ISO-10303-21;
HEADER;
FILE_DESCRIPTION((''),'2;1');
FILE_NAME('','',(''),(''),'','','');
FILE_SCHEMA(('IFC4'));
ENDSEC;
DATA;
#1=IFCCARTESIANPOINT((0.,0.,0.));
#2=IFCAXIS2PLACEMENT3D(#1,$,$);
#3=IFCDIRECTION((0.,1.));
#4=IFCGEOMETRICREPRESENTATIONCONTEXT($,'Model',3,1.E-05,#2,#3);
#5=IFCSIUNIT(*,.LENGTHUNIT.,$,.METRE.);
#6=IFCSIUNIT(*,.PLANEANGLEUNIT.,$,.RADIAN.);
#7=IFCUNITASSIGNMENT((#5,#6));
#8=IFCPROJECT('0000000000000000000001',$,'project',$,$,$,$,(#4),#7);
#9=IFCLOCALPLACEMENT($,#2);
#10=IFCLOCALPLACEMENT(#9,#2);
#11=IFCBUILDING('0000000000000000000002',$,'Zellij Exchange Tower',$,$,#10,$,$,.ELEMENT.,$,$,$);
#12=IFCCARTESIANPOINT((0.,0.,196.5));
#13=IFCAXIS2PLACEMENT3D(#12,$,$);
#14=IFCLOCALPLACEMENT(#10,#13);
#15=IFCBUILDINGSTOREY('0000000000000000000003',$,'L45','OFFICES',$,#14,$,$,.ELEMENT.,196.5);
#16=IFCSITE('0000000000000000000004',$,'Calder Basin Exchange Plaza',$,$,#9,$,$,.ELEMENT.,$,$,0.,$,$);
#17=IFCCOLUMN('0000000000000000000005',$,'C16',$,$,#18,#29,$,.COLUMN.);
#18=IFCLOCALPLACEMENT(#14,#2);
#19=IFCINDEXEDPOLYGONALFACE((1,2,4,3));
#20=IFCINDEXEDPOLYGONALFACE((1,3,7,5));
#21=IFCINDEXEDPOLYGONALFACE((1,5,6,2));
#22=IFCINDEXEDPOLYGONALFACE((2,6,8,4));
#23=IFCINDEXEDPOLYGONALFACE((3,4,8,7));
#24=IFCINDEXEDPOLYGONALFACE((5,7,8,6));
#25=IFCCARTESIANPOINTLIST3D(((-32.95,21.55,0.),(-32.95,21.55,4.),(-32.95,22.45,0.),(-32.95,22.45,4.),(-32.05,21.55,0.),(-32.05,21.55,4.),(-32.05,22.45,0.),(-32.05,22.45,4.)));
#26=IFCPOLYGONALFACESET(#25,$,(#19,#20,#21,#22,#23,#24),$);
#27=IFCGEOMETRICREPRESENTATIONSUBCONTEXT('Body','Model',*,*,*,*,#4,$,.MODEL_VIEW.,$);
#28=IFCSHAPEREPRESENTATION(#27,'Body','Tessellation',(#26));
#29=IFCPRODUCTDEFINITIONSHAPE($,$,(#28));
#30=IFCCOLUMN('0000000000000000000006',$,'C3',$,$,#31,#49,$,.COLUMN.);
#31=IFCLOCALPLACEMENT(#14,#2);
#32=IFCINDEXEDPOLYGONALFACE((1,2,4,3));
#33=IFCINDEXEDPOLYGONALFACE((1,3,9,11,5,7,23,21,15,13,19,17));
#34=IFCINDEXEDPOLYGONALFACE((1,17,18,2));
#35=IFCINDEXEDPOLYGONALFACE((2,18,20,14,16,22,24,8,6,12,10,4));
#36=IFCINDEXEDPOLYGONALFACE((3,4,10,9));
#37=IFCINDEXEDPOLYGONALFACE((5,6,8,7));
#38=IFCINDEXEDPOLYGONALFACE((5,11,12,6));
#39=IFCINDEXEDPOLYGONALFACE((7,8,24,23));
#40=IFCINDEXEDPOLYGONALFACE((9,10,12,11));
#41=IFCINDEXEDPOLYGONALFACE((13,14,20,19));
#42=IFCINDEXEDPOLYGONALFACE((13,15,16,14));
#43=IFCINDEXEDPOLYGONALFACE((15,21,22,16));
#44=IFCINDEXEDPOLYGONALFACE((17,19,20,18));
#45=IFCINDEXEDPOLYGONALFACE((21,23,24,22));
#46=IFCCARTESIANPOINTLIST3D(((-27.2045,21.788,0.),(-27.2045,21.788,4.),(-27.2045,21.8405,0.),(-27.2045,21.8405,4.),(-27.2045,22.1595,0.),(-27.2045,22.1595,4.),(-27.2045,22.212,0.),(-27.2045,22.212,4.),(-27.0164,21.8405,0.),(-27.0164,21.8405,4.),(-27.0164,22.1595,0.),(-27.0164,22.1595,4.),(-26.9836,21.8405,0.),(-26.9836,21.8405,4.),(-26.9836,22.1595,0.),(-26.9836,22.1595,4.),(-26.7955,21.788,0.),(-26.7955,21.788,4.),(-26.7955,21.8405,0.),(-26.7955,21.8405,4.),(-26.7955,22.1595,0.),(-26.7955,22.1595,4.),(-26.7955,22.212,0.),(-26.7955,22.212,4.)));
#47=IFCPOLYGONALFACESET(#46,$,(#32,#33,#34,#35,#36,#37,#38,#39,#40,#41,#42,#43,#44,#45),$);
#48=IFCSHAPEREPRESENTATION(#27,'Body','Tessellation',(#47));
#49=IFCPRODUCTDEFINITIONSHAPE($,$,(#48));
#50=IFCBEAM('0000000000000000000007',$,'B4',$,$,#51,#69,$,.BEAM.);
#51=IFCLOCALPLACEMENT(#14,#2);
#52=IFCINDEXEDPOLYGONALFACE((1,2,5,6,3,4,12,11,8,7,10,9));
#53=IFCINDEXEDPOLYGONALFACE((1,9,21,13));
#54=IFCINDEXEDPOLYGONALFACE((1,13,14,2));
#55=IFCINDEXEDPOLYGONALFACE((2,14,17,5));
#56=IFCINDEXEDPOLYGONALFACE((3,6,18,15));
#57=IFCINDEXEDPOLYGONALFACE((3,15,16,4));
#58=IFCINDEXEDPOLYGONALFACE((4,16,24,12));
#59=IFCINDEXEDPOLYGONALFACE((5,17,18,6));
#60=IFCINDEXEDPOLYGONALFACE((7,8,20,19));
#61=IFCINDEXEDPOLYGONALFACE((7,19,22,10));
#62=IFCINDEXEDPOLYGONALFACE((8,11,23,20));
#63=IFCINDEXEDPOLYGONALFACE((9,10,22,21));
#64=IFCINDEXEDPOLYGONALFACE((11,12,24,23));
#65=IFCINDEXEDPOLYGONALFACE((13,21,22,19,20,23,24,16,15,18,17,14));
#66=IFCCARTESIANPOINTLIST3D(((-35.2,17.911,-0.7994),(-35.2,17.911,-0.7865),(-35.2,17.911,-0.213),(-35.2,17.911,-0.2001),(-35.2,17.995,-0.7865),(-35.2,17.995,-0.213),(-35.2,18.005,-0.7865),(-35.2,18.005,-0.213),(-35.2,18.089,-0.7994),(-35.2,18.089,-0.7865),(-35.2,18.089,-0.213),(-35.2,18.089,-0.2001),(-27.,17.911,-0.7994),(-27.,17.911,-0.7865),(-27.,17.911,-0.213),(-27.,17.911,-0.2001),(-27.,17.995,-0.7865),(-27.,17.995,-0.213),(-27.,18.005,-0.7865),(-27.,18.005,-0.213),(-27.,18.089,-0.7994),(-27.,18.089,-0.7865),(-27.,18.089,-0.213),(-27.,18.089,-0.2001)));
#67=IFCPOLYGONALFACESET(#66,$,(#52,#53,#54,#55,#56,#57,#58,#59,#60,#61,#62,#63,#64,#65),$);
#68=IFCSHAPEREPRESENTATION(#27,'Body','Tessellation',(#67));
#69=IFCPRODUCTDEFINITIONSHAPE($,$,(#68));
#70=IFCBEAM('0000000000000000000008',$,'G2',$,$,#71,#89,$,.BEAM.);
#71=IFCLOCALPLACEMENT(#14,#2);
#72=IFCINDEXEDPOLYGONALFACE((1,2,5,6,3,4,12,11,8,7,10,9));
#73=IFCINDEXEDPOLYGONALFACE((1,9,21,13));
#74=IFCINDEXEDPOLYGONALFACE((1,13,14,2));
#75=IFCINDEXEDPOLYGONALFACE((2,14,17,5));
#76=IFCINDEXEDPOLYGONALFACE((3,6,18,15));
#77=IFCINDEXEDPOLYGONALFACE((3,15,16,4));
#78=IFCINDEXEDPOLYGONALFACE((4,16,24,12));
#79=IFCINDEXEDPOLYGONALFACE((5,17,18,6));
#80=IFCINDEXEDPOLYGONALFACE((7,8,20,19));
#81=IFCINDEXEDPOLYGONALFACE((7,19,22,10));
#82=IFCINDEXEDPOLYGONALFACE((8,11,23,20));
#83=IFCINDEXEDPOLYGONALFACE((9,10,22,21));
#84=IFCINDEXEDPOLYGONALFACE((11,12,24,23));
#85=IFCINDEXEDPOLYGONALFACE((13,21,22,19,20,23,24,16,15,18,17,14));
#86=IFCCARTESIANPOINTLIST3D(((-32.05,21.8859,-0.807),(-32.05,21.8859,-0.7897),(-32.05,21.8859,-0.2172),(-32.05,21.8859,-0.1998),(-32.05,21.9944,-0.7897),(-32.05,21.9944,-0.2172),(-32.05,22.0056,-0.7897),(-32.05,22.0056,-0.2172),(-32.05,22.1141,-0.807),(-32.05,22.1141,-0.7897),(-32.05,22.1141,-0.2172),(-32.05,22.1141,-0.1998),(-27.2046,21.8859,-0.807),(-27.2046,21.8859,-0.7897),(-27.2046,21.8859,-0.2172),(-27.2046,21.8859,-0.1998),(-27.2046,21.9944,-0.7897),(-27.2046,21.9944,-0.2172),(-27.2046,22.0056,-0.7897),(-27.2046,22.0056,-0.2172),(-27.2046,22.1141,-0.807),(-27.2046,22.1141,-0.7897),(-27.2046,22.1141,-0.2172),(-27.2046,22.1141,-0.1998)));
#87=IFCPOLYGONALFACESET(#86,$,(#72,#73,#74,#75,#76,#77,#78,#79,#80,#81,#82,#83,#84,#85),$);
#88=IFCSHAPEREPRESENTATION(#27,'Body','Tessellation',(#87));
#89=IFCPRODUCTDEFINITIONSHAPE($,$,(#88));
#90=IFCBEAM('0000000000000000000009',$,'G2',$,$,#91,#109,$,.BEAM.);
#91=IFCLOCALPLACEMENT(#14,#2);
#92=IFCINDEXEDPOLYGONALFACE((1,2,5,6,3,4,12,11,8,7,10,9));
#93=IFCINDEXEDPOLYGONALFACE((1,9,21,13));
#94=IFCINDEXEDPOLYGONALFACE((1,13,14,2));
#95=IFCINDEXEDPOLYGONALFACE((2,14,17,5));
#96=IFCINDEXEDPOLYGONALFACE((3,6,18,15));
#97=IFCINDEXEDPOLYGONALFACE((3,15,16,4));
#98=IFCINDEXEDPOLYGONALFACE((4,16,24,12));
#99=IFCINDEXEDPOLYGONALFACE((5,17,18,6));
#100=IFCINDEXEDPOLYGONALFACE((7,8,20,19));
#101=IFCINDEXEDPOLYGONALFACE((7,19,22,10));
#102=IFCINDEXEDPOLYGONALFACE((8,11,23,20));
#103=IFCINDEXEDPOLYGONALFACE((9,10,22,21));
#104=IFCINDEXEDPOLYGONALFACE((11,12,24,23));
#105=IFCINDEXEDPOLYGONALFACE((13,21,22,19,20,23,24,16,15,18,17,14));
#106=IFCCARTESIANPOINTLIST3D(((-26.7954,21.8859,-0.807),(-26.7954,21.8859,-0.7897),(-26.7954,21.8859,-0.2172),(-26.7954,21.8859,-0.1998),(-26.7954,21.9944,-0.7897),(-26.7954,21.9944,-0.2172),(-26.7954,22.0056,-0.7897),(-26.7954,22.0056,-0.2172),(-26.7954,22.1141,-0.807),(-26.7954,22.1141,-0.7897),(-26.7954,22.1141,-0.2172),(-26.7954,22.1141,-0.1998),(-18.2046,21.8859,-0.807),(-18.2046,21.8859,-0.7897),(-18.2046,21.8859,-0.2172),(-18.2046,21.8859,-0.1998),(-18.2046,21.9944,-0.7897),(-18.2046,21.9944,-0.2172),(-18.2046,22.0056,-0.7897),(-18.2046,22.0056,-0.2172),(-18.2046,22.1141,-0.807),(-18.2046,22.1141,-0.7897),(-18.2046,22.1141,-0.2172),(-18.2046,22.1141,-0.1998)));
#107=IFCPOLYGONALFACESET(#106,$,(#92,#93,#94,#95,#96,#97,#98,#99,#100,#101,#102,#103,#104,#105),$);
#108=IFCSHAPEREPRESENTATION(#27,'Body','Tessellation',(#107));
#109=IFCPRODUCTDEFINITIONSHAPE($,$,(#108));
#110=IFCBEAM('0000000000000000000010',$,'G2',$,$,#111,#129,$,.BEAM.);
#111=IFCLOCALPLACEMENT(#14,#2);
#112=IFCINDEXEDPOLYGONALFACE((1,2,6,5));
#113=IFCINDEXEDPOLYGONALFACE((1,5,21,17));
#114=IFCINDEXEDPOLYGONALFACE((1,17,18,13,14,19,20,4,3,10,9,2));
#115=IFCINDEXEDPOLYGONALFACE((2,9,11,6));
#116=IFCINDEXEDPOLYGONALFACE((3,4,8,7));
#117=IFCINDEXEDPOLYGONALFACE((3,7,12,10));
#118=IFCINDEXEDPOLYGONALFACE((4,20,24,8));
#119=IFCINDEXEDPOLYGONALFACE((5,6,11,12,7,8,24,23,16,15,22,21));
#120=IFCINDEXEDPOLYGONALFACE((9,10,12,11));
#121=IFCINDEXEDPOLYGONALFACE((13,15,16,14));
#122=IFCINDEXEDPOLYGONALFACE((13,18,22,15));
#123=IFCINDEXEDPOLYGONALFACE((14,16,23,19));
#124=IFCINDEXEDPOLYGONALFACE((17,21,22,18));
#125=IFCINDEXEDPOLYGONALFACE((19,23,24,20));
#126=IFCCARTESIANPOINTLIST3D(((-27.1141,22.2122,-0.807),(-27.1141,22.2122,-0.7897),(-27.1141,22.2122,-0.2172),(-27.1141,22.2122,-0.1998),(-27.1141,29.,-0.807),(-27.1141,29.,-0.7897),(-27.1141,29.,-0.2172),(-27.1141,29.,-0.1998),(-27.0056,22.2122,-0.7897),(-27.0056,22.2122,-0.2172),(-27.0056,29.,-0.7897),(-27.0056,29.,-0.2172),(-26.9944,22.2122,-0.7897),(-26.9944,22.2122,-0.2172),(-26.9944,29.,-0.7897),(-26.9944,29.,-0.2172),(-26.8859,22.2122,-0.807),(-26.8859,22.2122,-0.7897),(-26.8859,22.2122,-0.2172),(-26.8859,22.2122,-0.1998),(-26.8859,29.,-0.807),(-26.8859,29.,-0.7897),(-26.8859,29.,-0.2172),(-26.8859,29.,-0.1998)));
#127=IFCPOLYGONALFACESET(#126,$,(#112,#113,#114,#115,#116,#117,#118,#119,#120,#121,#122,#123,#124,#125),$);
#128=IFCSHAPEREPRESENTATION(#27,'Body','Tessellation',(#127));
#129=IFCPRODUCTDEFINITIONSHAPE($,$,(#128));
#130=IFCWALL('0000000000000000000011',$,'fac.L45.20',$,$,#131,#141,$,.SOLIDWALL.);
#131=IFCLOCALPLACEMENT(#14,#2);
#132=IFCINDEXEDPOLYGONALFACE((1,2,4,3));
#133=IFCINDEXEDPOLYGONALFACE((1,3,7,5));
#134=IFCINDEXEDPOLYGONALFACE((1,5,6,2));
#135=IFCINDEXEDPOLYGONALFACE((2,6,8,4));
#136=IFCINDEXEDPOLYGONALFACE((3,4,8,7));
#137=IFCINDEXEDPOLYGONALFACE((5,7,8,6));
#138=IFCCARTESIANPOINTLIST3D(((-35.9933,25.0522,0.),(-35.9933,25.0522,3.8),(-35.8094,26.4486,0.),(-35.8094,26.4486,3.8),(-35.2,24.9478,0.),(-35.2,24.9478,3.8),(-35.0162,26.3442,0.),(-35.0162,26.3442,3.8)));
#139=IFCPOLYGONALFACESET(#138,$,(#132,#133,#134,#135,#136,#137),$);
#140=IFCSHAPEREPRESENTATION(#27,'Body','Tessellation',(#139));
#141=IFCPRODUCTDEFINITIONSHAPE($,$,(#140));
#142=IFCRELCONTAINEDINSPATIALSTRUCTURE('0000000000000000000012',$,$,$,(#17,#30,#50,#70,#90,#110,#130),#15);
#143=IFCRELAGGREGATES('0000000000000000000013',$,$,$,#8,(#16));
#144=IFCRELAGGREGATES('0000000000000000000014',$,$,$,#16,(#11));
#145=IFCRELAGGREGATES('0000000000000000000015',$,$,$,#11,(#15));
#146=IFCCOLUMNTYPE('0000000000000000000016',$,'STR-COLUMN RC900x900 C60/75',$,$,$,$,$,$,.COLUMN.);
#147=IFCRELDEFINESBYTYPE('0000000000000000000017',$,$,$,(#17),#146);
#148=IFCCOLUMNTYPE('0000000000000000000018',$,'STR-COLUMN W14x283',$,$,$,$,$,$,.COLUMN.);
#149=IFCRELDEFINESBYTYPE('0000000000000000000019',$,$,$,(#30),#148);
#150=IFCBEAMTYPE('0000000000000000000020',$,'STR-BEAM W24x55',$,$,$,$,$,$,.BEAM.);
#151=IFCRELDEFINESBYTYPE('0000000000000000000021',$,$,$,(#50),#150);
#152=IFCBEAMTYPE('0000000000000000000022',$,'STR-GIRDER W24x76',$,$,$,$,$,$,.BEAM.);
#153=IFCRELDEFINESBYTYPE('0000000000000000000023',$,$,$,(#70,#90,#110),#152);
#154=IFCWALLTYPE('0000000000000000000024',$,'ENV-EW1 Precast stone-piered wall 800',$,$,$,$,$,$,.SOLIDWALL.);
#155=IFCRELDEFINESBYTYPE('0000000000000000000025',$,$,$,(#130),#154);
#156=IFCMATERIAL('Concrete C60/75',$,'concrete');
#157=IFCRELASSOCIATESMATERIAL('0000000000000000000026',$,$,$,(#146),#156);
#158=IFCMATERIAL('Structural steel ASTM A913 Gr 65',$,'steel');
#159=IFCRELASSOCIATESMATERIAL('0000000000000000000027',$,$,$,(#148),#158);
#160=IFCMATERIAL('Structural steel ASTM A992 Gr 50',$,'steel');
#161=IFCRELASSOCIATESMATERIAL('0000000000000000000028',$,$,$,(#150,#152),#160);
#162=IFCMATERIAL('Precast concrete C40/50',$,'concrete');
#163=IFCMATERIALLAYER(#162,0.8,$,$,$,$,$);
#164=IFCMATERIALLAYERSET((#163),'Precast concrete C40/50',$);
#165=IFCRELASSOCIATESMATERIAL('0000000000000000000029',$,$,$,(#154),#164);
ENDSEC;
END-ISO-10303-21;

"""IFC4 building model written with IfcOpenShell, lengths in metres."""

from ifc_helpers import new_model, si_unit, direction, frame, frame_2d, origin, origin_2d, place, context, subcontext, project, spatial, rectangle, i_section, extrude, material, layer, layer_set, material_profile, profile_set, type_object, element, save


model = new_model("IFC4")

# Units and contexts
model_context = context("Model", 3, precision=1e-05, world=origin(), true_north=direction((0.0, 1.0)))
body_context = subcontext(model_context, "Body", "Model", "MODEL_VIEW")
ifc_project = project(units=[si_unit("LENGTHUNIT", "METRE"), si_unit("PLANEANGLEUNIT", "RADIAN")], contexts=[model_context])

# Site, building, storey
site_placement = place(None, origin())
site = spatial("IfcSite", under=ifc_project, at=site_placement, Name="Calder Basin Exchange Plaza", CompositionType="ELEMENT", RefElevation=0.0)
building_placement = place(site_placement, origin())
building = spatial("IfcBuilding", under=site, at=building_placement, Name="Zellij Exchange Tower", CompositionType="ELEMENT")
storey_placement = place(building_placement, frame((0.0, 0.0, 196.5)))
storey = spatial("IfcBuildingStorey", under=building, at=storey_placement, Name="L45", Description="OFFICES", CompositionType="ELEMENT", Elevation=196.5)

# Columns
ifc_material_1 = material(Name="Concrete C60/75", Category="concrete")
ifc_material_profile_1 = material_profile(ifc_material_1, rectangle(XDim=0.8999, YDim=0.8999, at=origin_2d()), Name="STR-COLUMN RC900x900 C60/75")
ifc_profile_set_1 = profile_set([ifc_material_profile_1], Name="Concrete C60/75")
column_type_1 = type_object("IfcColumnType", Name="STR-COLUMN RC900x900 C60/75", PredefinedType="COLUMN", material=ifc_profile_set_1)
column_1_placement = place(storey_placement, frame((-32.5, 22.0, 0.0), z_axis=(0.0, 0.0, 1.0), x_axis=(1.0, 0.0, 0.0)))
element("IfcColumn", 1, at=column_1_placement, inside=storey, type_object=column_type_1, Name="C16", PredefinedType="COLUMN", context=body_context, shape_type="SweptSolid", body=[
    extrude(rectangle(XDim=0.8999, YDim=0.8999, at=origin_2d()), origin(), (0.0, 0.0, 1.0), 4.0),
])
ifc_material_2 = material(Name="Structural steel ASTM A913 Gr 65", Category="steel")
ifc_material_profile_2 = material_profile(ifc_material_2, i_section(OverallWidth=0.4089, OverallDepth=0.4241, WebThickness=0.0327, FlangeThickness=0.0525, at=origin_2d()), Name="W14x283")
ifc_profile_set_2 = profile_set([ifc_material_profile_2], Name="Structural steel ASTM A913 Gr 65")
column_type_2 = type_object("IfcColumnType", Name="STR-COLUMN W14x283", PredefinedType="COLUMN", material=ifc_profile_set_2)
column_2_placement = place(storey_placement, frame((-27.0, 22.0, 0.0), z_axis=(0.0, 0.0, 1.0), x_axis=(1.0, 0.0, 0.0)))
element("IfcColumn", 2, at=column_2_placement, inside=storey, type_object=column_type_2, Name="C3", PredefinedType="COLUMN", context=body_context, shape_type="SweptSolid", body=[
    extrude(i_section(OverallWidth=0.4089, OverallDepth=0.4241, WebThickness=0.0327, FlangeThickness=0.0525, at=origin_2d()), origin(), (0.0, 0.0, 1.0), 4.0),
])

# Beams
ifc_material_3 = material(Name="Structural steel ASTM A992 Gr 50", Category="steel")
ifc_material_profile_3 = material_profile(ifc_material_3, i_section(OverallWidth=0.178, OverallDepth=0.5994, WebThickness=0.01, FlangeThickness=0.0129, at=origin_2d()), Name="W24x55")
ifc_profile_set_3 = profile_set([ifc_material_profile_3], Name="Structural steel ASTM A992 Gr 50")
beam_type_1 = type_object("IfcBeamType", Name="STR-BEAM W24x55", PredefinedType="BEAM", material=ifc_profile_set_3)
beam_1_placement = place(storey_placement, frame((-35.2, 18.0, -0.4998), z_axis=(1.0, 0.0, 0.0), x_axis=(0.0, 1.0, 0.0)))
element("IfcBeam", 3, at=beam_1_placement, inside=storey, type_object=beam_type_1, Name="B4", PredefinedType="BEAM", context=body_context, shape_type="SweptSolid", body=[
    extrude(i_section(OverallWidth=0.178, OverallDepth=0.5994, WebThickness=0.01, FlangeThickness=0.0129, at=origin_2d()), origin(), (0.0, 0.0, 1.0), 8.2),
])
ifc_material_profile_4 = material_profile(ifc_material_3, i_section(OverallWidth=0.2283, OverallDepth=0.6072, WebThickness=0.0112, FlangeThickness=0.0173, at=origin_2d()), Name="W24x76")
ifc_profile_set_4 = profile_set([ifc_material_profile_4], Name="Structural steel ASTM A992 Gr 50")
beam_type_2 = type_object("IfcBeamType", Name="STR-GIRDER W24x76", PredefinedType="BEAM", material=ifc_profile_set_4)
beam_2_placement = place(storey_placement, frame((-32.05, 22.0, -0.5034), z_axis=(1.0, 0.0, 0.0), x_axis=(0.0, 1.0, 0.0)))
element("IfcBeam", 4, at=beam_2_placement, inside=storey, type_object=beam_type_2, Name="G2", PredefinedType="BEAM", context=body_context, shape_type="SweptSolid", body=[
    extrude(i_section(OverallWidth=0.2283, OverallDepth=0.6072, WebThickness=0.0112, FlangeThickness=0.0173, at=origin_2d()), origin(), (0.0, 0.0, 1.0), 4.8455),
])
beam_3_placement = place(storey_placement, frame((-26.7954, 22.0, -0.5034), z_axis=(1.0, 0.0, 0.0), x_axis=(0.0, 1.0, 0.0)))
element("IfcBeam", 5, at=beam_3_placement, inside=storey, type_object=beam_type_2, Name="G2", PredefinedType="BEAM", context=body_context, shape_type="SweptSolid", body=[
    extrude(i_section(OverallWidth=0.2283, OverallDepth=0.6072, WebThickness=0.0112, FlangeThickness=0.0173, at=origin_2d()), origin(), (0.0, 0.0, 1.0), 8.5908),
])
beam_4_placement = place(storey_placement, frame((-27.0, 22.2122, -0.5034), z_axis=(0.0, 1.0, 0.0), x_axis=(-1.0, 0.0, 0.0)))
element("IfcBeam", 6, at=beam_4_placement, inside=storey, type_object=beam_type_2, Name="G2", PredefinedType="BEAM", context=body_context, shape_type="SweptSolid", body=[
    extrude(i_section(OverallWidth=0.2283, OverallDepth=0.6072, WebThickness=0.0112, FlangeThickness=0.0173, at=origin_2d()), origin(), (0.0, 0.0, 1.0), 6.7878),
])

# Wall
ifc_material_4 = material(Name="Precast concrete C40/50", Category="concrete")
ifc_layer_1 = layer(ifc_material_4, 0.8)
ifc_layer_set_1 = layer_set([ifc_layer_1], Name="Precast concrete C40/50")
wall_type = type_object("IfcWallType", Name="ENV-EW1 Precast stone-piered wall 800", PredefinedType="SOLIDWALL", material=ifc_layer_set_1)
wall_1_placement = place(storey_placement, frame((-35.4128, 26.3962, 0.0), z_axis=(0.0, 0.0, 1.0), x_axis=(-0.130517, -0.991446, 0.0)))
element("IfcWall", 7, at=wall_1_placement, inside=storey, type_object=wall_type, Name="fac.L45.20", PredefinedType="SOLIDWALL", context=body_context, shape_type="SweptSolid", body=[
    extrude(rectangle(XDim=1.4084, YDim=0.8, at=frame_2d((0.7041, 0.0))), origin(), (0.0, 0.0, 1.0), 3.8),
])

save(model, "model.ifc")
